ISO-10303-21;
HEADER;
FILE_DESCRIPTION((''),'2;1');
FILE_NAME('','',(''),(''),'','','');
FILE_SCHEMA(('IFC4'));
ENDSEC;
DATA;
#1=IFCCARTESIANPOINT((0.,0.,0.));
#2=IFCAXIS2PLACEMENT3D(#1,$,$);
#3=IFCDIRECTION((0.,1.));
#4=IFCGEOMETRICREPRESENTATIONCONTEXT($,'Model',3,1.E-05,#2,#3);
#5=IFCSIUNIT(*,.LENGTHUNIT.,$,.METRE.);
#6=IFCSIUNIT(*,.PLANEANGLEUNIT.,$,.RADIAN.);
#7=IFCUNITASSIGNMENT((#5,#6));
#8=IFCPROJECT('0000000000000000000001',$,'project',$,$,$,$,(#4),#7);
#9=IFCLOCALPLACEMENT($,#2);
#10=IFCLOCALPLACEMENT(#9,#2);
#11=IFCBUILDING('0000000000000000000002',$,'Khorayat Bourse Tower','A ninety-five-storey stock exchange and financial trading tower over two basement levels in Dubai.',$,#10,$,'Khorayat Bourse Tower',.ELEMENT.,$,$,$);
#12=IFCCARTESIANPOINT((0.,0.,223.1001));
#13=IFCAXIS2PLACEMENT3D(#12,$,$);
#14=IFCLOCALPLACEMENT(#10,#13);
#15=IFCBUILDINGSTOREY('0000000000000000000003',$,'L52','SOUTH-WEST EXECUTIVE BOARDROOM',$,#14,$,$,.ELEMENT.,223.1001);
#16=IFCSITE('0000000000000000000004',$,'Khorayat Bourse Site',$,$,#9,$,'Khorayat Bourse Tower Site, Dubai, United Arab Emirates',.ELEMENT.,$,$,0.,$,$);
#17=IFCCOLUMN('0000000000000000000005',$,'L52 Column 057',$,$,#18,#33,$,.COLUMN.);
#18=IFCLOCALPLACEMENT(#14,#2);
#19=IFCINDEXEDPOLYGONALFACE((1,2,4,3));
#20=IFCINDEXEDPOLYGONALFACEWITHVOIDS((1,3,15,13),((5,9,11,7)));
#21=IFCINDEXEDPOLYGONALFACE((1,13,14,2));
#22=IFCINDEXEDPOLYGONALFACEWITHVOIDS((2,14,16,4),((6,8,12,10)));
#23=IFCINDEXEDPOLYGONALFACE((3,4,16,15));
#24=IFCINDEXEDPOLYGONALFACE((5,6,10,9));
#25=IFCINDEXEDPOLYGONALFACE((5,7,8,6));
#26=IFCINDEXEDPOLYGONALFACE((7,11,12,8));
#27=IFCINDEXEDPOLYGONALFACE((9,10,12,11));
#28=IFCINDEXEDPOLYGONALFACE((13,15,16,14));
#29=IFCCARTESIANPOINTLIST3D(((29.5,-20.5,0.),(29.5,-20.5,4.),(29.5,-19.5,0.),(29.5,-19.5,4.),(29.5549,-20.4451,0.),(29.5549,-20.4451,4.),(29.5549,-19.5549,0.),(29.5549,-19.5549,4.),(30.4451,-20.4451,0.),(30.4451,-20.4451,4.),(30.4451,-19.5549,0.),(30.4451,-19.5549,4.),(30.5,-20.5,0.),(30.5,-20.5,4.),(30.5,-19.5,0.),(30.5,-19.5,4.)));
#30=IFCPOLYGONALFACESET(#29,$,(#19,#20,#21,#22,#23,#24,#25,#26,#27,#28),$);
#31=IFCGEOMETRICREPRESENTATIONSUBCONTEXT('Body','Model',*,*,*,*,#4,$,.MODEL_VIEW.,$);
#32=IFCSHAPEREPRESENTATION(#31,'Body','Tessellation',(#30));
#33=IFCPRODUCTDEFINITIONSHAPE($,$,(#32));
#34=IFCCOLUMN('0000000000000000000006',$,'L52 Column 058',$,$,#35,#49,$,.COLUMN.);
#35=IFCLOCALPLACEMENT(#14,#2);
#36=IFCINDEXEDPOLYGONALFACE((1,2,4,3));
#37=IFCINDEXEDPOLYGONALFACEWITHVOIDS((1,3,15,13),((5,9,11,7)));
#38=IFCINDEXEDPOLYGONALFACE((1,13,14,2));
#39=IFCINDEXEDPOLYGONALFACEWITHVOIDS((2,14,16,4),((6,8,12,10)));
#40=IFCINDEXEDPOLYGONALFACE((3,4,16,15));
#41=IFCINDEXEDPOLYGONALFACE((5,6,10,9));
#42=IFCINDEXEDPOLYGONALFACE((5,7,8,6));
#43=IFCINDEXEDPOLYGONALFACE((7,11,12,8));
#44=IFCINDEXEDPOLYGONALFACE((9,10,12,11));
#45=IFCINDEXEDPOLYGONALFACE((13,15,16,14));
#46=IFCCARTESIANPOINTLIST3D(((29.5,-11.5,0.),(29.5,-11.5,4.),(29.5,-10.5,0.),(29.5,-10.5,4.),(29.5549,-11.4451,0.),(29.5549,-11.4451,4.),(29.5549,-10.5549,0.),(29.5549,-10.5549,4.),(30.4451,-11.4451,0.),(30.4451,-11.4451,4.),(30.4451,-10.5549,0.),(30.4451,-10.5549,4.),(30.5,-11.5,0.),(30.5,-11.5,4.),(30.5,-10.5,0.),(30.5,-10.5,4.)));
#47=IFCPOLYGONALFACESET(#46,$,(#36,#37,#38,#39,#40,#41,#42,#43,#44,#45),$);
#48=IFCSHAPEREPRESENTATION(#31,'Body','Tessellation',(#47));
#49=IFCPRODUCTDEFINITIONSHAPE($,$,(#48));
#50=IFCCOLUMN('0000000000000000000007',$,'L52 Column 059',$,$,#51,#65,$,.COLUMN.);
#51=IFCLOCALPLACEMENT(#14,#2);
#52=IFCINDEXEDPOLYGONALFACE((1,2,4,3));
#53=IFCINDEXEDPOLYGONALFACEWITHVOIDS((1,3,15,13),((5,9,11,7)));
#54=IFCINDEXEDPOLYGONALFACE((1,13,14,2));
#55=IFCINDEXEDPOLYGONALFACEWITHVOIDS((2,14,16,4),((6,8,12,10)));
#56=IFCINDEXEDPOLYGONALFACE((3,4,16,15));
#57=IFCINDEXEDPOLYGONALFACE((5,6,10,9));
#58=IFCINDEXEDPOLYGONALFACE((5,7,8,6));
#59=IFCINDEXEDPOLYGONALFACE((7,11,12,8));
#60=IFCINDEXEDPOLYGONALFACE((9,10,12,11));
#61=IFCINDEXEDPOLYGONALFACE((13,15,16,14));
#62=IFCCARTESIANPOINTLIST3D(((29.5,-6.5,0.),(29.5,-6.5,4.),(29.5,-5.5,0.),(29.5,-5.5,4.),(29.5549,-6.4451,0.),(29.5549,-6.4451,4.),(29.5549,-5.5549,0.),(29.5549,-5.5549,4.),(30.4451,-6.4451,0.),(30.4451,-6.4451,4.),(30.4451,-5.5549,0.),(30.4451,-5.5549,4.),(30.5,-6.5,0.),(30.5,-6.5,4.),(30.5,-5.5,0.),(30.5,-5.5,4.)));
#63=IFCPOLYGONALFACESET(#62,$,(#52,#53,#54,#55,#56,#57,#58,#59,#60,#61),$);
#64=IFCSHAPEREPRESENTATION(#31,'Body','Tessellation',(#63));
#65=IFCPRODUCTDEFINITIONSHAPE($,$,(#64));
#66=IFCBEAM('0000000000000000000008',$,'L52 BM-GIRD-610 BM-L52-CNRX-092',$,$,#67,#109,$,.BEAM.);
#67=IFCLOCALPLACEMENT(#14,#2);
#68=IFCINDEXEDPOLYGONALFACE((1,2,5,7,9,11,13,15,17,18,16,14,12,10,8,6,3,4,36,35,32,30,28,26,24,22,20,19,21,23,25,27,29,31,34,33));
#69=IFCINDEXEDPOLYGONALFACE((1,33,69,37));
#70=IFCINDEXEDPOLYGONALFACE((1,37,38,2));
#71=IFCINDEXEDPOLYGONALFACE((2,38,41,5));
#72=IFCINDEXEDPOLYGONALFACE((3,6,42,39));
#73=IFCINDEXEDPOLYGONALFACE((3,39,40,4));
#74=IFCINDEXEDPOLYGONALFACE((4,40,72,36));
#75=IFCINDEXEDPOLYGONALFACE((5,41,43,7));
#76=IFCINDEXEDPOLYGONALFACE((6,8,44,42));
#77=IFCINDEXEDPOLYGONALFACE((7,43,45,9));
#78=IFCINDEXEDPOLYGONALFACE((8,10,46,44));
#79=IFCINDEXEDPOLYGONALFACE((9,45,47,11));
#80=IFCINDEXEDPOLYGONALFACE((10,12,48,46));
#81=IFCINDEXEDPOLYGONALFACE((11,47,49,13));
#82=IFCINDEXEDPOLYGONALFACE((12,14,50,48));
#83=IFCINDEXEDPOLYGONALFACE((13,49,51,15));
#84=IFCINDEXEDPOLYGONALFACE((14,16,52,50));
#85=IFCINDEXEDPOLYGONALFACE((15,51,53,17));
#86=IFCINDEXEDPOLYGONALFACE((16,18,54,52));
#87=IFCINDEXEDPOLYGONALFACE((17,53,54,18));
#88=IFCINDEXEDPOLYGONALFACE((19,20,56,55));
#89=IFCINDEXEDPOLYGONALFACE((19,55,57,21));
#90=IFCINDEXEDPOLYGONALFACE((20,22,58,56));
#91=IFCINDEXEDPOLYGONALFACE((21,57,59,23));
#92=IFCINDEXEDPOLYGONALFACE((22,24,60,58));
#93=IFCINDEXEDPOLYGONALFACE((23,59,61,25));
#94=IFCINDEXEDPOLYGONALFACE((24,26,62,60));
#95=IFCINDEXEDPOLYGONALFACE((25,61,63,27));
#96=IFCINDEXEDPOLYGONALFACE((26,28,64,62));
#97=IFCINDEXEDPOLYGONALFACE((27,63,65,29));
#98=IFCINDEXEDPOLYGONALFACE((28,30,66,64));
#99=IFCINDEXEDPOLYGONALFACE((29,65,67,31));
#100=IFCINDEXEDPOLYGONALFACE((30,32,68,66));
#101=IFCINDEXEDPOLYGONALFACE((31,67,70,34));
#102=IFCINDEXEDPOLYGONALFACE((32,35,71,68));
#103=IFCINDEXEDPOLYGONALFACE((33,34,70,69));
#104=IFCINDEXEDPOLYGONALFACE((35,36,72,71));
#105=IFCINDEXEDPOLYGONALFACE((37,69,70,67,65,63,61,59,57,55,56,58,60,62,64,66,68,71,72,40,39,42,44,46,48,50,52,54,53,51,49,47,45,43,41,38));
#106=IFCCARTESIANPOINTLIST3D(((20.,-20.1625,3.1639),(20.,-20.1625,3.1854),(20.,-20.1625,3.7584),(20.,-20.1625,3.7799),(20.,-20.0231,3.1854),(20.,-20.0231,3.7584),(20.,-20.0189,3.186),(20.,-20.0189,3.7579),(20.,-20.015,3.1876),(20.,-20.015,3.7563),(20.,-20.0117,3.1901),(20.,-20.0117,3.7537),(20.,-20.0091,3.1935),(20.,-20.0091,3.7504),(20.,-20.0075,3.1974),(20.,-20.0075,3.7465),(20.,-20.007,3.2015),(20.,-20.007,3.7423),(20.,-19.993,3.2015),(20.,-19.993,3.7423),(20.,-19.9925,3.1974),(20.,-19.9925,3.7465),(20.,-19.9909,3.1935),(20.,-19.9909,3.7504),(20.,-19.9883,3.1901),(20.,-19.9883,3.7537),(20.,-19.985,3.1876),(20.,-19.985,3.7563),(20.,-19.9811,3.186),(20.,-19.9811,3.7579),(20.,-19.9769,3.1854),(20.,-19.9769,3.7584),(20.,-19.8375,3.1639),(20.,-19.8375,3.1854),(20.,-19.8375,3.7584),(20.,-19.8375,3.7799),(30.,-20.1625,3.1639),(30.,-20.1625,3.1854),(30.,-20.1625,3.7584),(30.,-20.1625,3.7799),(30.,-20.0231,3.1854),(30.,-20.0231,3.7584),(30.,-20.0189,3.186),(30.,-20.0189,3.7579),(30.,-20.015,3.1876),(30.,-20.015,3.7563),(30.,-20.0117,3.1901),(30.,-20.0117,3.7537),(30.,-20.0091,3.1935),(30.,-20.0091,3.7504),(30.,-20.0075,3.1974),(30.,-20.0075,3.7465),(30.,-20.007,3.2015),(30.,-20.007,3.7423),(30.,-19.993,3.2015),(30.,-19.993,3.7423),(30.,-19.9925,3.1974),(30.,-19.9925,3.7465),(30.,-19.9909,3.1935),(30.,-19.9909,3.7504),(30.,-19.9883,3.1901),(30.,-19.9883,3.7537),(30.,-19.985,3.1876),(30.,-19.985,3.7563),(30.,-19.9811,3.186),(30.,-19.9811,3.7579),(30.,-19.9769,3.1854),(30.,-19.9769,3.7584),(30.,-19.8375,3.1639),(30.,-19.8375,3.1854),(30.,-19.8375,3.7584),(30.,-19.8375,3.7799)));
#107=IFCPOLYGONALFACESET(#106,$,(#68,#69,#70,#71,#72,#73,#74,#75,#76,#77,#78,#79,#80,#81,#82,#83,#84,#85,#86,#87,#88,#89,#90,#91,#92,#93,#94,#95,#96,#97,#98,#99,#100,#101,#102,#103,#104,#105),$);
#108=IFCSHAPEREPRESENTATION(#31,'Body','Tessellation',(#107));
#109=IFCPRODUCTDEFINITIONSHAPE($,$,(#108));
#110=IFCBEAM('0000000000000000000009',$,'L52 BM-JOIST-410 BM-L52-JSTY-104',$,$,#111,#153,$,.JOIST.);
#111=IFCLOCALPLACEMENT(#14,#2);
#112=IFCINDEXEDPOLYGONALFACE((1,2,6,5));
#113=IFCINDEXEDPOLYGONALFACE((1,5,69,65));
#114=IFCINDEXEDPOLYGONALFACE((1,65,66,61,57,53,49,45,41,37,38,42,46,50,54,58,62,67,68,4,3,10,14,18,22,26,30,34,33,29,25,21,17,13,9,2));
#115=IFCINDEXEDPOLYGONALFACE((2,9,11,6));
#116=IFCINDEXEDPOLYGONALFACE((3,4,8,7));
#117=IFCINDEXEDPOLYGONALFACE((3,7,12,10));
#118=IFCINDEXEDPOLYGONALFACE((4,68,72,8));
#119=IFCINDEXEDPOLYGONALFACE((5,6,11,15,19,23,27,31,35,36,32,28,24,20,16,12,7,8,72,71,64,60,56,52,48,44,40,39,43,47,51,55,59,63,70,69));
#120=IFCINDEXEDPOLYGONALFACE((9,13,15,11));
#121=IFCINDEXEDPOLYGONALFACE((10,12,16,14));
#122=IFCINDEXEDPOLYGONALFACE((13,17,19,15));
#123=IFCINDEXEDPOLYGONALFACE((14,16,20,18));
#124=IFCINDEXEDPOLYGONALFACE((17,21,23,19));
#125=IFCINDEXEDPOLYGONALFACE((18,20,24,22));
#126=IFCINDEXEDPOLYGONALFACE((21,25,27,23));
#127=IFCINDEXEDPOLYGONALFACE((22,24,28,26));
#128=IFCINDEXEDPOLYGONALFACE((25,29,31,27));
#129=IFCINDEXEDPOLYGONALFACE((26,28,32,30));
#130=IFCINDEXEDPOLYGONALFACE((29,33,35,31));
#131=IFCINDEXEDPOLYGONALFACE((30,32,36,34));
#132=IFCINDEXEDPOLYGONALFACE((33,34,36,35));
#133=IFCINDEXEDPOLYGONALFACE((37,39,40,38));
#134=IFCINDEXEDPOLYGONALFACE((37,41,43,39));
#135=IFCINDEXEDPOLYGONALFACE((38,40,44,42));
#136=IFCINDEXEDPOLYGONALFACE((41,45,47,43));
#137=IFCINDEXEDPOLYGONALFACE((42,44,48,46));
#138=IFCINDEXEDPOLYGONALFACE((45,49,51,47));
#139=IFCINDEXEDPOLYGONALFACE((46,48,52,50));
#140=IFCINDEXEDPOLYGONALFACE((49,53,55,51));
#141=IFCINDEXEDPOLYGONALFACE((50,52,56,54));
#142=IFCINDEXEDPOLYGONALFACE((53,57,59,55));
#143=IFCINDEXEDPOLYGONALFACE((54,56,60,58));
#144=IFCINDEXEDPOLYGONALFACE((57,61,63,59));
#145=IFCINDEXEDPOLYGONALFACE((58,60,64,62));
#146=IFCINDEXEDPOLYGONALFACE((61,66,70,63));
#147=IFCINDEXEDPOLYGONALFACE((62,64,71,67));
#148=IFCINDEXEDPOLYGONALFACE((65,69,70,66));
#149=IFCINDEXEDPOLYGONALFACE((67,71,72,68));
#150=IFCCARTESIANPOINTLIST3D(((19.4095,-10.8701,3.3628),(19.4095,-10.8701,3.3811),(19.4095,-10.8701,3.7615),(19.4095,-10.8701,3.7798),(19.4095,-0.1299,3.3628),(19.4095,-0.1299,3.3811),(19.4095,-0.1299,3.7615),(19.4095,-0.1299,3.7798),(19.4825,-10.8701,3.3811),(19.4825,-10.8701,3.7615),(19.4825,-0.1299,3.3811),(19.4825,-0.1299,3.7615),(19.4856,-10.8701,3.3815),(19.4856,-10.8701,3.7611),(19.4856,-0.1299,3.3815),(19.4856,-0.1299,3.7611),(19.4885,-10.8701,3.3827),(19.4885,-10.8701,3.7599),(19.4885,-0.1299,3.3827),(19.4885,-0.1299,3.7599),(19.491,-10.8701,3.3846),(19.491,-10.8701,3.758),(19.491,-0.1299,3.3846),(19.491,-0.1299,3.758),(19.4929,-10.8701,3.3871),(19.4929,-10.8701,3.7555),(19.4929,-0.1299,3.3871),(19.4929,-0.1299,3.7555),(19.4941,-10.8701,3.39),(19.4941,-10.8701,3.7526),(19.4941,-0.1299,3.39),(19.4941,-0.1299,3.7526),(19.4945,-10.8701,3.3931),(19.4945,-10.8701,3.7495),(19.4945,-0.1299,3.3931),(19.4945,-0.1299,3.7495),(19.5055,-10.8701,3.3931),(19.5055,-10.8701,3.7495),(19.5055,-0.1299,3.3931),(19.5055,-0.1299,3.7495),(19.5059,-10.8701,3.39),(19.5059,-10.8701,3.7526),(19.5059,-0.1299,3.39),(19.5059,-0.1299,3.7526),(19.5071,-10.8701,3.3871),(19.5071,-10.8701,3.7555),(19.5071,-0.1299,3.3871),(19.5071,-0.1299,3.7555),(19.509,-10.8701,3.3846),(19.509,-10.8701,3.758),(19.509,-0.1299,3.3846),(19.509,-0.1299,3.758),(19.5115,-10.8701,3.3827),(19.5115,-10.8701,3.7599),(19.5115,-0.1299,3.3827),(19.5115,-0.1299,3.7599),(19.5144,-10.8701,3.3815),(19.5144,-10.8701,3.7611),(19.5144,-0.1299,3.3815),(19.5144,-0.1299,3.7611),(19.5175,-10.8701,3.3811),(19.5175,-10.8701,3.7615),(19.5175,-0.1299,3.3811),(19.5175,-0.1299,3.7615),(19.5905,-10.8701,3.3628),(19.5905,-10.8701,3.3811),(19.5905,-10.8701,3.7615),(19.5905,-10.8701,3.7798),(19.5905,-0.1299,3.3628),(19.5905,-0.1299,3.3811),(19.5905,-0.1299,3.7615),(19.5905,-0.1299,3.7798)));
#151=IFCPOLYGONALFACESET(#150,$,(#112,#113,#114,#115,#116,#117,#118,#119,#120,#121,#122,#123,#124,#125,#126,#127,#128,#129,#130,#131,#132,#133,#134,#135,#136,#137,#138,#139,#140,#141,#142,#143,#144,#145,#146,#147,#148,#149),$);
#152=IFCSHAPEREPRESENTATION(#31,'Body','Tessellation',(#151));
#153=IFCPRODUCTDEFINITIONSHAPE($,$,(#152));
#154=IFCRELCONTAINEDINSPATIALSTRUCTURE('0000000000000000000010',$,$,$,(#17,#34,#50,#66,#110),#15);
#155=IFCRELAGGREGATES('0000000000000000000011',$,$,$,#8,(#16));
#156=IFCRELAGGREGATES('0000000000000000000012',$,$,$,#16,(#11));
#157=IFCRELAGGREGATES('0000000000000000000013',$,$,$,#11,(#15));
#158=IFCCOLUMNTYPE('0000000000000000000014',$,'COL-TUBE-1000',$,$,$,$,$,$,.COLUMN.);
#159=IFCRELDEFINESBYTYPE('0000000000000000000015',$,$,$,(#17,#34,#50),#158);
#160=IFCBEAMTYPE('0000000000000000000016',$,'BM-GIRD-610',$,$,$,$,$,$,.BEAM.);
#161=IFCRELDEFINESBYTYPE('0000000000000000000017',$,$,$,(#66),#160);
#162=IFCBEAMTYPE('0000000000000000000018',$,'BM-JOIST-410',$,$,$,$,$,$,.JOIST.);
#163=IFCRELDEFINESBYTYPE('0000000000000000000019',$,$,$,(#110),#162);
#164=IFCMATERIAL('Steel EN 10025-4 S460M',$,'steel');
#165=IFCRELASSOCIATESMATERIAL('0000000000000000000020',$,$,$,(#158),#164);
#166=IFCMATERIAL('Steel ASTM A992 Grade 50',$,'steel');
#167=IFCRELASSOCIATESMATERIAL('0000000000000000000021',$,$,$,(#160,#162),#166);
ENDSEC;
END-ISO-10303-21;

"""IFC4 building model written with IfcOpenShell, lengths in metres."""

from ifc_helpers import new_model, si_unit, direction, frame, origin, origin_2d, place, context, subcontext, project, spatial, hollow_rectangle, i_section, extrude, source, transform, mapped, material, material_profile, profile_set, type_object, element, save


model = new_model("IFC4")

# Units and contexts
model_context = context("Model", 3, precision=1e-05, world=origin(), true_north=direction((0.0, 1.0)))
body_context = subcontext(model_context, "Body", "Model", "MODEL_VIEW")
ifc_project = project(units=[si_unit("LENGTHUNIT", "METRE"), si_unit("PLANEANGLEUNIT", "RADIAN")], contexts=[model_context])

# Site, building, storey
site_placement = place(None, origin())
site = spatial("IfcSite", under=ifc_project, at=site_placement, Name="Khorayat Bourse Site", LongName="Khorayat Bourse Tower Site, Dubai, United Arab Emirates", CompositionType="ELEMENT", RefElevation=0.0)
building_placement = place(site_placement, origin())
building = spatial("IfcBuilding", under=site, at=building_placement, Name="Khorayat Bourse Tower", Description="A ninety-five-storey stock exchange and financial trading tower over two basement levels in Dubai.", LongName="Khorayat Bourse Tower", CompositionType="ELEMENT")
storey_placement = place(building_placement, frame((0.0, 0.0, 223.1001)))
storey = spatial("IfcBuildingStorey", under=building, at=storey_placement, Name="L52", Description="SOUTH-WEST EXECUTIVE BOARDROOM", CompositionType="ELEMENT", Elevation=223.1001)

# Columns
ifc_material_1 = material(Name="Steel EN 10025-4 S460M", Category="steel")
ifc_material_profile_1 = material_profile(ifc_material_1, hollow_rectangle(XDim=1.0, YDim=1.0, WallThickness=0.0549, at=origin_2d()), Name="BOX 1000x1000x55")
ifc_profile_set_1 = profile_set([ifc_material_profile_1], Name="Steel EN 10025-4 S460M")
column_type = type_object("IfcColumnType", Name="COL-TUBE-1000", PredefinedType="COLUMN", material=ifc_profile_set_1)
shared_shape_1 = source(origin(), body_context, "Body", "SweptSolid", [
    extrude(hollow_rectangle(XDim=1.0, YDim=1.0, WallThickness=0.0549, at=origin_2d()), origin(), (0.0, 0.0, 1.0), 4.0),
])
for number, where, z_axis, x_axis, name in (
    (1, (30.0, -20.0, 0.0), (0.0, 0.0, 1.0), (1.0, 0.0, 0.0), "L52 Column 057"),
    (2, (30.0, -11.0, 0.0), (0.0, 0.0, 1.0), (1.0, 0.0, 0.0), "L52 Column 058"),
    (3, (30.0, -6.0, 0.0), (0.0, 0.0, 1.0), (1.0, 0.0, 0.0), "L52 Column 059"),
):
    element("IfcColumn", number, at=place(storey_placement, frame(where, z_axis=z_axis, x_axis=x_axis)), inside=storey, type_object=column_type, Name=name, PredefinedType="COLUMN", context=body_context, shape_type="MappedRepresentation", body=[
        mapped(shared_shape_1, transform((0.0, 0.0, 0.0), scale=1.0)),
    ])

# Beams
ifc_material_2 = material(Name="Steel ASTM A992 Grade 50", Category="steel")
ifc_material_profile_2 = material_profile(ifc_material_2, i_section(OverallWidth=0.325, OverallDepth=0.616, WebThickness=0.0139, FlangeThickness=0.0215, FilletRadius=0.0161, at=origin_2d()), Name="W610X174")
ifc_profile_set_2 = profile_set([ifc_material_profile_2], Name="Steel ASTM A992 Grade 50")
beam_type_1 = type_object("IfcBeamType", Name="BM-GIRD-610", PredefinedType="BEAM", material=ifc_profile_set_2)
shared_shape_2 = source(origin(), body_context, "Body", "SweptSolid", [
    extrude(i_section(OverallWidth=0.325, OverallDepth=0.616, WebThickness=0.0139, FlangeThickness=0.0215, FilletRadius=0.0161, at=origin_2d()), origin(), (0.0, 0.0, 1.0), 10.0),
])
beam_1_placement = place(storey_placement, frame((20.0, -20.0, 3.4719), z_axis=(1.0, 0.0, 0.0), x_axis=(0.0, 1.0, 0.0)))
element("IfcBeam", 4, at=beam_1_placement, inside=storey, type_object=beam_type_1, Name="L52 BM-GIRD-610 BM-L52-CNRX-092", PredefinedType="BEAM", context=body_context, shape_type="MappedRepresentation", body=[
    mapped(shared_shape_2, transform((0.0, 0.0, 0.0), scale=1.0)),
])
ifc_material_profile_3 = material_profile(ifc_material_2, i_section(OverallWidth=0.1809, OverallDepth=0.417, WebThickness=0.011, FlangeThickness=0.0183, FilletRadius=0.012, at=origin_2d()), Name="W410X85")
ifc_profile_set_3 = profile_set([ifc_material_profile_3], Name="Steel ASTM A992 Grade 50")
beam_type_2 = type_object("IfcBeamType", Name="BM-JOIST-410", PredefinedType="JOIST", material=ifc_profile_set_3)
shared_shape_3 = source(origin(), body_context, "Body", "SweptSolid", [
    extrude(i_section(OverallWidth=0.1809, OverallDepth=0.417, WebThickness=0.011, FlangeThickness=0.0183, FilletRadius=0.012, at=origin_2d()), origin(), (0.0, 0.0, 1.0), 10.7402),
])
beam_2_placement = place(storey_placement, frame((19.5, -10.8701, 3.5713), z_axis=(0.0, 1.0, 0.0), x_axis=(-1.0, 0.0, 0.0)))
element("IfcBeam", 5, at=beam_2_placement, inside=storey, type_object=beam_type_2, Name="L52 BM-JOIST-410 BM-L52-JSTY-104", PredefinedType="JOIST", context=body_context, shape_type="MappedRepresentation", body=[
    mapped(shared_shape_3, transform((0.0, 0.0, 0.0), scale=1.0)),
])

save(model, "model.ifc")
